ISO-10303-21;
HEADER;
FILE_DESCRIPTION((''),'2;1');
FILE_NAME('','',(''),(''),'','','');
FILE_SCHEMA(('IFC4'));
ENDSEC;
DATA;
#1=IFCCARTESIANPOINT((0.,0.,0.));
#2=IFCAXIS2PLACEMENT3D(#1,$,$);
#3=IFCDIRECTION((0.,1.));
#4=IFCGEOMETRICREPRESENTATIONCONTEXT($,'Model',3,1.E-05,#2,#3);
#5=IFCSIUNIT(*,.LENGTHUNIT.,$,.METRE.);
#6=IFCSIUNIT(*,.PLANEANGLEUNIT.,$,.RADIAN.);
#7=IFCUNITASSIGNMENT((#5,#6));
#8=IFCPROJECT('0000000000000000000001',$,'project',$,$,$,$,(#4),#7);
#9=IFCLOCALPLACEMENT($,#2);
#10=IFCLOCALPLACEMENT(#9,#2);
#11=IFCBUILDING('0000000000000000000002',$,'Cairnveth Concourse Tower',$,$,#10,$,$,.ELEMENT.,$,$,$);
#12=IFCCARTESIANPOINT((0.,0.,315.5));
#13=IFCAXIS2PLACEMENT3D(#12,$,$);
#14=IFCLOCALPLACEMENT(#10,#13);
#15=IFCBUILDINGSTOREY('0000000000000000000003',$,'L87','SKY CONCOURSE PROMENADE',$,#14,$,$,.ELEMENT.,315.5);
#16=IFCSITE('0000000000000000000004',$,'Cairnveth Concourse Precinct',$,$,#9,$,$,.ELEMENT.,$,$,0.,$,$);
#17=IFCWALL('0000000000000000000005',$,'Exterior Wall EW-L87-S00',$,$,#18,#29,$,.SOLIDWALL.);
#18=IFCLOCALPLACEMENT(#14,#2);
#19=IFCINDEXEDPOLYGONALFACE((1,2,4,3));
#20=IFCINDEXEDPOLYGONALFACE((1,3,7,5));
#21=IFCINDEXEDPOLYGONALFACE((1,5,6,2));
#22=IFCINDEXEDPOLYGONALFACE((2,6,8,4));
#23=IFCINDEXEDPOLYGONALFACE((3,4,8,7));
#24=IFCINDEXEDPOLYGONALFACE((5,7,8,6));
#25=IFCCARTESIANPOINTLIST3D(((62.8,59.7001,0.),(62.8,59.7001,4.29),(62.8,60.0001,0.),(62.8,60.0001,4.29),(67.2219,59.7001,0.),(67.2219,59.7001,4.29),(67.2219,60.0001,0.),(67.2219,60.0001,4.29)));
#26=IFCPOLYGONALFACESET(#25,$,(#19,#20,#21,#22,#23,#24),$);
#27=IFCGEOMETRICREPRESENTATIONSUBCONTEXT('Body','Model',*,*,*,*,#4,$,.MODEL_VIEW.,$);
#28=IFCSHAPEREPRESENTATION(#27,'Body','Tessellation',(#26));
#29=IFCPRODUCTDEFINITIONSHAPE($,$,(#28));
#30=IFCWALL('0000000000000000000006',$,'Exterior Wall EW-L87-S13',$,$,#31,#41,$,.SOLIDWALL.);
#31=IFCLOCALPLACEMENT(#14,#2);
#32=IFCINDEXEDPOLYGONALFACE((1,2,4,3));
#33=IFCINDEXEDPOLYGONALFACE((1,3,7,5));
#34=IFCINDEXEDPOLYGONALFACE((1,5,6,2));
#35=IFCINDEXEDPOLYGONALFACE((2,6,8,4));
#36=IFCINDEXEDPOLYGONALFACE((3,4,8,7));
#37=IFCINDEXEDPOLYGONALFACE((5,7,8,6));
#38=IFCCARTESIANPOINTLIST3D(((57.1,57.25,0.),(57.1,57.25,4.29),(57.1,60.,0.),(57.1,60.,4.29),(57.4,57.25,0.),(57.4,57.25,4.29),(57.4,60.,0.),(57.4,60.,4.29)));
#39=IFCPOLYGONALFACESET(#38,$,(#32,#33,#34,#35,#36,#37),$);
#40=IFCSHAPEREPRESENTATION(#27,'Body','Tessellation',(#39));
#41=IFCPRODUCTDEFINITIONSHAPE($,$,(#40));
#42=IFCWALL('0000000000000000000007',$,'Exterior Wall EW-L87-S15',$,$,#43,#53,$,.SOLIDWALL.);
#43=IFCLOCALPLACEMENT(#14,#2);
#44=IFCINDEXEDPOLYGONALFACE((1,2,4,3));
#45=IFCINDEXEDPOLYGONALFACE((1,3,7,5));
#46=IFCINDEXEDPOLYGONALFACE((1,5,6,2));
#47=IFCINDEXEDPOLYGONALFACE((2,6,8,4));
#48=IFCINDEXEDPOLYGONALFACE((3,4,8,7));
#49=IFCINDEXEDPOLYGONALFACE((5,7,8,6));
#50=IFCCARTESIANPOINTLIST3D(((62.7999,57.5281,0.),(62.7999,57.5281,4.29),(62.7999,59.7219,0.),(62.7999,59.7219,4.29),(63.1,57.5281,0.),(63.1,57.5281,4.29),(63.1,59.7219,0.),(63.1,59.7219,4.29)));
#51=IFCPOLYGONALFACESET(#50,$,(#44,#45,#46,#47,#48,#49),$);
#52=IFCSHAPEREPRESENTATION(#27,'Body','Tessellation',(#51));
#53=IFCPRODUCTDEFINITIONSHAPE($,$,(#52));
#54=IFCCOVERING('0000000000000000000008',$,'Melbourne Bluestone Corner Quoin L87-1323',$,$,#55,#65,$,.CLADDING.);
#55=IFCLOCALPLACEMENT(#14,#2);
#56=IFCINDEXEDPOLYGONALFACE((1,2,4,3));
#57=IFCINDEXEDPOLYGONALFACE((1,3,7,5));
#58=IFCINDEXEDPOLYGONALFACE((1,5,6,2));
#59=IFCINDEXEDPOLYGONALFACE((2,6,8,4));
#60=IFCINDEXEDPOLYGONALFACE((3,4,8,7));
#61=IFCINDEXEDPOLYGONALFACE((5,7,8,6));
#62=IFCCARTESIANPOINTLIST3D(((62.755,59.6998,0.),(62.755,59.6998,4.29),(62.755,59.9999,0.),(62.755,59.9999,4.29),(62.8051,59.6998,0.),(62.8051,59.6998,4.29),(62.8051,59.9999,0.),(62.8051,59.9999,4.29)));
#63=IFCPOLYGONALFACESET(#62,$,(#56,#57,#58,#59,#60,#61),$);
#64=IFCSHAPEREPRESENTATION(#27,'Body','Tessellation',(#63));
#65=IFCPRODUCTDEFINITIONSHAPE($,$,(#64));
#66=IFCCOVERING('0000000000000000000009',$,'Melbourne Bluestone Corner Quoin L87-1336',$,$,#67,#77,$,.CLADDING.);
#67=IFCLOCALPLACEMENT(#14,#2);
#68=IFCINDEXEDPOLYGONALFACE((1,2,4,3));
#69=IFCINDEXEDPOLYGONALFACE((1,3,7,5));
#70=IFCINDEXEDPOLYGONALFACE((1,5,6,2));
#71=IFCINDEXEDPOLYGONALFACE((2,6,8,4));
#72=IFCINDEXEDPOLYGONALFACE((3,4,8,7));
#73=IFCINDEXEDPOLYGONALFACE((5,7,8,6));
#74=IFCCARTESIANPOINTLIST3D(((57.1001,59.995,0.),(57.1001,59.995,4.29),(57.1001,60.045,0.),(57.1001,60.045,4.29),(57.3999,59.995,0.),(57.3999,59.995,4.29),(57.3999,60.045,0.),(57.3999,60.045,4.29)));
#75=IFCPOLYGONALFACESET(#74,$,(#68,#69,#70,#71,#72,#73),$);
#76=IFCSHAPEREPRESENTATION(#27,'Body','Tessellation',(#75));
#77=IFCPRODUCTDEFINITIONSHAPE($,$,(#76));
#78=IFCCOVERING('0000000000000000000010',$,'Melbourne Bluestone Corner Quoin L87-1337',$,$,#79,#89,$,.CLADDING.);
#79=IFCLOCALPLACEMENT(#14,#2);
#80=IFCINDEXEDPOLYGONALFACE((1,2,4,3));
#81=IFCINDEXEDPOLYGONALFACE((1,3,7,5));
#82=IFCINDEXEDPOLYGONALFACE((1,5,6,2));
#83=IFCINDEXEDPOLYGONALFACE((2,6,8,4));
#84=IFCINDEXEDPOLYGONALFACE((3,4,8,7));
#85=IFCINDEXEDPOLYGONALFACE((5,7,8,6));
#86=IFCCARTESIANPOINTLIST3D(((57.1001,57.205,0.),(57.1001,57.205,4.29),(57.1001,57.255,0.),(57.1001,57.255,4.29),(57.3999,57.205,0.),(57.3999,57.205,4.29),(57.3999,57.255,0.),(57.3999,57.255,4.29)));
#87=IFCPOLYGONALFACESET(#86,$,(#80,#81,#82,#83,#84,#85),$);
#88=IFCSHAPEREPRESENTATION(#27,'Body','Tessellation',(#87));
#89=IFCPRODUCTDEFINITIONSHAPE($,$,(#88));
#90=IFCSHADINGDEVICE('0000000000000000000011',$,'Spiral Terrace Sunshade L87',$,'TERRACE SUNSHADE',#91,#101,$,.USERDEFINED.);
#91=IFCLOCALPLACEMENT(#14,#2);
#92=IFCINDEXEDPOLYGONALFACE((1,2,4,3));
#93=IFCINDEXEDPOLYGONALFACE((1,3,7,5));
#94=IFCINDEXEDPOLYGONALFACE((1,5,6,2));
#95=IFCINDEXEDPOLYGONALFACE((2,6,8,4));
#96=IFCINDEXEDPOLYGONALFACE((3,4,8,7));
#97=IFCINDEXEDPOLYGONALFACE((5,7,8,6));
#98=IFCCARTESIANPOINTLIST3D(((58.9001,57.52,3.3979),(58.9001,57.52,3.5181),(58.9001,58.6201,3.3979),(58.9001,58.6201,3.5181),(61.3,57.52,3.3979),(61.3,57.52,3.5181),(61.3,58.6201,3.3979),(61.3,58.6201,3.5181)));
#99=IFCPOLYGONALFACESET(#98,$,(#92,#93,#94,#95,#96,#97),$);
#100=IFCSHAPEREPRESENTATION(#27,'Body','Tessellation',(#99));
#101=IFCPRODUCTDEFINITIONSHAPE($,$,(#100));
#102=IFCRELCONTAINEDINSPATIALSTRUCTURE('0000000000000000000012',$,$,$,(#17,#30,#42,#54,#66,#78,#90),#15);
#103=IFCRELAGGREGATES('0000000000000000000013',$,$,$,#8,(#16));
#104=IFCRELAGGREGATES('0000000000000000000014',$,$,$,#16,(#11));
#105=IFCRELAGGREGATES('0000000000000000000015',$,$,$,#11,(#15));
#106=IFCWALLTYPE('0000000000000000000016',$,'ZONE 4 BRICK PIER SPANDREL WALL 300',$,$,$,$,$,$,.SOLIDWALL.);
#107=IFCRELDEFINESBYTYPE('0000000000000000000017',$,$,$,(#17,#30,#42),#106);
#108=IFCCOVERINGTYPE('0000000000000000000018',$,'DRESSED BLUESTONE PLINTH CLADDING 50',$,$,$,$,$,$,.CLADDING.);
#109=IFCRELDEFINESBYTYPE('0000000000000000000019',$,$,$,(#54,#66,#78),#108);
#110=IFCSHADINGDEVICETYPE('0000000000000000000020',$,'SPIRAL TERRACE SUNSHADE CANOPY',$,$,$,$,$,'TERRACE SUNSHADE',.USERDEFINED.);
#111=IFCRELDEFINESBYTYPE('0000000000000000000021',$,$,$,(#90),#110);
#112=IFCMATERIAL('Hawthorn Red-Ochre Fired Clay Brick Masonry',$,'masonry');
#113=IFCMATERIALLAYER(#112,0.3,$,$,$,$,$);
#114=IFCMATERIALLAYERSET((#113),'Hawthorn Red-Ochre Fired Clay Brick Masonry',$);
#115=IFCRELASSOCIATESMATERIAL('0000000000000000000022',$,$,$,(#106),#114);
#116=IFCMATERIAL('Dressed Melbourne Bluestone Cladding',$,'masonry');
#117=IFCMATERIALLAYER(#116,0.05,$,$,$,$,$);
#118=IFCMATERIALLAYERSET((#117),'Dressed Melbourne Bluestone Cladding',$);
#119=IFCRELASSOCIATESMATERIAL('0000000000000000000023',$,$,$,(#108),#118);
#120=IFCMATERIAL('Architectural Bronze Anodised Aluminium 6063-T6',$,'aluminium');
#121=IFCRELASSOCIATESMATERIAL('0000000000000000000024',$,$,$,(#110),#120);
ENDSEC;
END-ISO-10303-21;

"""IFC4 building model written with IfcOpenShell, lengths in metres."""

from ifc_helpers import new_model, si_unit, direction, frame, frame_2d, origin, origin_2d, place, context, subcontext, project, spatial, rectangle, extrude, material, layer, layer_set, type_object, element, save


model = new_model("IFC4")

# Units and contexts
model_context = context("Model", 3, precision=1e-05, world=origin(), true_north=direction((0.0, 1.0)))
body_context = subcontext(model_context, "Body", "Model", "MODEL_VIEW")
ifc_project = project(units=[si_unit("LENGTHUNIT", "METRE"), si_unit("PLANEANGLEUNIT", "RADIAN")], contexts=[model_context])

# Site, building, storey
site_placement = place(None, origin())
site = spatial("IfcSite", under=ifc_project, at=site_placement, Name="Cairnveth Concourse Precinct", CompositionType="ELEMENT", RefElevation=0.0)
building_placement = place(site_placement, origin())
building = spatial("IfcBuilding", under=site, at=building_placement, Name="Cairnveth Concourse Tower", CompositionType="ELEMENT")
storey_placement = place(building_placement, frame((0.0, 0.0, 315.5)))
storey = spatial("IfcBuildingStorey", under=building, at=storey_placement, Name="L87", Description="SKY CONCOURSE PROMENADE", CompositionType="ELEMENT", Elevation=315.5)

# Walls
ifc_material_1 = material(Name="Dressed Melbourne Bluestone Cladding", Category="masonry")
ifc_material_2 = material(Name="Hawthorn Red-Ochre Fired Clay Brick Masonry", Category="masonry")
ifc_layer_1 = layer(ifc_material_2, 0.3)
ifc_layer_set_1 = layer_set([ifc_layer_1], Name="Hawthorn Red-Ochre Fired Clay Brick Masonry")
wall_type_1 = type_object("IfcWallType", Name="ZONE 4 BRICK PIER SPANDREL WALL 300", PredefinedType="SOLIDWALL", material=ifc_layer_set_1)
wall_1_placement = place(storey_placement, frame((62.8, 59.8501, 0.0), z_axis=(0.0, 0.0, 1.0), x_axis=(1.0, 0.0, 0.0)))
element("IfcWall", 1, at=wall_1_placement, inside=storey, type_object=wall_type_1, Name="Exterior Wall EW-L87-S00", PredefinedType="SOLIDWALL", context=body_context, shape_type="SweptSolid", body=[
    extrude(rectangle(XDim=4.4219, YDim=0.3, at=frame_2d((2.2109, 0.0))), origin(), (0.0, 0.0, 1.0), 4.29),
])
wall_2_placement = place(storey_placement, frame((57.25, 60.0, 0.0), z_axis=(0.0, 0.0, 1.0), x_axis=(0.0, -1.0, 0.0)))
element("IfcWall", 2, at=wall_2_placement, inside=storey, type_object=wall_type_1, Name="Exterior Wall EW-L87-S13", PredefinedType="SOLIDWALL", context=body_context, shape_type="SweptSolid", body=[
    extrude(rectangle(XDim=2.75, YDim=0.3, at=frame_2d((1.375, 0.0))), origin(), (0.0, 0.0, 1.0), 4.29),
])

# Shared definitions
ifc_material_3 = material(Name="Architectural Bronze Anodised Aluminium 6063-T6", Category="aluminium")

# Wall
wall_3_placement = place(storey_placement, frame((62.95, 57.5281, 0.0), z_axis=(0.0, 0.0, 1.0), x_axis=(0.0, 1.0, 0.0)))
element("IfcWall", 3, at=wall_3_placement, inside=storey, type_object=wall_type_1, Name="Exterior Wall EW-L87-S15", PredefinedType="SOLIDWALL", context=body_context, shape_type="SweptSolid", body=[
    extrude(rectangle(XDim=2.1938, YDim=0.3, at=frame_2d((1.0969, 0.0))), origin(), (0.0, 0.0, 1.0), 4.29),
])

# Coverings
ifc_layer_2 = layer(ifc_material_1, 0.05)
ifc_layer_set_2 = layer_set([ifc_layer_2], Name="Dressed Melbourne Bluestone Cladding")
covering_type = type_object("IfcCoveringType", Name="DRESSED BLUESTONE PLINTH CLADDING 50", PredefinedType="CLADDING", material=ifc_layer_set_2)
covering_placement = place(storey_placement, frame((62.78, 59.7, 0.0), z_axis=(0.0, 0.0, 1.0), x_axis=(0.0, 1.0, 0.0)))
element("IfcCovering", 4, at=covering_placement, inside=storey, type_object=covering_type, Name="Melbourne Bluestone Corner Quoin L87-1323", PredefinedType="CLADDING", context=body_context, shape_type="SweptSolid", body=[
    extrude(rectangle(XDim=0.3, YDim=0.05, at=frame_2d((0.1499, 0.0))), origin(), (0.0, 0.0, 1.0), 4.29),
])
for number, where, z_axis, x_axis, name in (
    (5, (57.1001, 60.02, 0.0), (0.0, 0.0, 1.0), (1.0, 0.0, 0.0), "Melbourne Bluestone Corner Quoin L87-1336"),
    (6, (57.1001, 57.23, 0.0), (0.0, 0.0, 1.0), (1.0, 0.0, 0.0), "Melbourne Bluestone Corner Quoin L87-1337"),
):
    element("IfcCovering", number, at=place(storey_placement, frame(where, z_axis=z_axis, x_axis=x_axis)), inside=storey, type_object=covering_type, Name=name, PredefinedType="CLADDING", context=body_context, shape_type="SweptSolid", body=[
        extrude(rectangle(XDim=0.2998, YDim=0.05, at=frame_2d((0.1499, 0.0))), origin(), (0.0, 0.0, 1.0), 4.29),
    ])

# Shading device
shading_device_type = type_object("IfcShadingDeviceType", Name="SPIRAL TERRACE SUNSHADE CANOPY", ElementType="TERRACE SUNSHADE", PredefinedType="USERDEFINED", material=ifc_material_3)
shading_device_placement = place(storey_placement, frame((60.1001, 58.0701, 3.3979), z_axis=(0.0, 0.0, 1.0), x_axis=(1.0, 0.0, 0.0)))
element("IfcShadingDevice", 7, at=shading_device_placement, inside=storey, type_object=shading_device_type, Name="Spiral Terrace Sunshade L87", ObjectType="TERRACE SUNSHADE", PredefinedType="USERDEFINED", context=body_context, shape_type="SweptSolid", body=[
    extrude(rectangle(XDim=2.3999, YDim=1.1001, at=origin_2d()), origin(), (0.0, 0.0, 1.0), 0.1201),
])

save(model, "model.ifc")
